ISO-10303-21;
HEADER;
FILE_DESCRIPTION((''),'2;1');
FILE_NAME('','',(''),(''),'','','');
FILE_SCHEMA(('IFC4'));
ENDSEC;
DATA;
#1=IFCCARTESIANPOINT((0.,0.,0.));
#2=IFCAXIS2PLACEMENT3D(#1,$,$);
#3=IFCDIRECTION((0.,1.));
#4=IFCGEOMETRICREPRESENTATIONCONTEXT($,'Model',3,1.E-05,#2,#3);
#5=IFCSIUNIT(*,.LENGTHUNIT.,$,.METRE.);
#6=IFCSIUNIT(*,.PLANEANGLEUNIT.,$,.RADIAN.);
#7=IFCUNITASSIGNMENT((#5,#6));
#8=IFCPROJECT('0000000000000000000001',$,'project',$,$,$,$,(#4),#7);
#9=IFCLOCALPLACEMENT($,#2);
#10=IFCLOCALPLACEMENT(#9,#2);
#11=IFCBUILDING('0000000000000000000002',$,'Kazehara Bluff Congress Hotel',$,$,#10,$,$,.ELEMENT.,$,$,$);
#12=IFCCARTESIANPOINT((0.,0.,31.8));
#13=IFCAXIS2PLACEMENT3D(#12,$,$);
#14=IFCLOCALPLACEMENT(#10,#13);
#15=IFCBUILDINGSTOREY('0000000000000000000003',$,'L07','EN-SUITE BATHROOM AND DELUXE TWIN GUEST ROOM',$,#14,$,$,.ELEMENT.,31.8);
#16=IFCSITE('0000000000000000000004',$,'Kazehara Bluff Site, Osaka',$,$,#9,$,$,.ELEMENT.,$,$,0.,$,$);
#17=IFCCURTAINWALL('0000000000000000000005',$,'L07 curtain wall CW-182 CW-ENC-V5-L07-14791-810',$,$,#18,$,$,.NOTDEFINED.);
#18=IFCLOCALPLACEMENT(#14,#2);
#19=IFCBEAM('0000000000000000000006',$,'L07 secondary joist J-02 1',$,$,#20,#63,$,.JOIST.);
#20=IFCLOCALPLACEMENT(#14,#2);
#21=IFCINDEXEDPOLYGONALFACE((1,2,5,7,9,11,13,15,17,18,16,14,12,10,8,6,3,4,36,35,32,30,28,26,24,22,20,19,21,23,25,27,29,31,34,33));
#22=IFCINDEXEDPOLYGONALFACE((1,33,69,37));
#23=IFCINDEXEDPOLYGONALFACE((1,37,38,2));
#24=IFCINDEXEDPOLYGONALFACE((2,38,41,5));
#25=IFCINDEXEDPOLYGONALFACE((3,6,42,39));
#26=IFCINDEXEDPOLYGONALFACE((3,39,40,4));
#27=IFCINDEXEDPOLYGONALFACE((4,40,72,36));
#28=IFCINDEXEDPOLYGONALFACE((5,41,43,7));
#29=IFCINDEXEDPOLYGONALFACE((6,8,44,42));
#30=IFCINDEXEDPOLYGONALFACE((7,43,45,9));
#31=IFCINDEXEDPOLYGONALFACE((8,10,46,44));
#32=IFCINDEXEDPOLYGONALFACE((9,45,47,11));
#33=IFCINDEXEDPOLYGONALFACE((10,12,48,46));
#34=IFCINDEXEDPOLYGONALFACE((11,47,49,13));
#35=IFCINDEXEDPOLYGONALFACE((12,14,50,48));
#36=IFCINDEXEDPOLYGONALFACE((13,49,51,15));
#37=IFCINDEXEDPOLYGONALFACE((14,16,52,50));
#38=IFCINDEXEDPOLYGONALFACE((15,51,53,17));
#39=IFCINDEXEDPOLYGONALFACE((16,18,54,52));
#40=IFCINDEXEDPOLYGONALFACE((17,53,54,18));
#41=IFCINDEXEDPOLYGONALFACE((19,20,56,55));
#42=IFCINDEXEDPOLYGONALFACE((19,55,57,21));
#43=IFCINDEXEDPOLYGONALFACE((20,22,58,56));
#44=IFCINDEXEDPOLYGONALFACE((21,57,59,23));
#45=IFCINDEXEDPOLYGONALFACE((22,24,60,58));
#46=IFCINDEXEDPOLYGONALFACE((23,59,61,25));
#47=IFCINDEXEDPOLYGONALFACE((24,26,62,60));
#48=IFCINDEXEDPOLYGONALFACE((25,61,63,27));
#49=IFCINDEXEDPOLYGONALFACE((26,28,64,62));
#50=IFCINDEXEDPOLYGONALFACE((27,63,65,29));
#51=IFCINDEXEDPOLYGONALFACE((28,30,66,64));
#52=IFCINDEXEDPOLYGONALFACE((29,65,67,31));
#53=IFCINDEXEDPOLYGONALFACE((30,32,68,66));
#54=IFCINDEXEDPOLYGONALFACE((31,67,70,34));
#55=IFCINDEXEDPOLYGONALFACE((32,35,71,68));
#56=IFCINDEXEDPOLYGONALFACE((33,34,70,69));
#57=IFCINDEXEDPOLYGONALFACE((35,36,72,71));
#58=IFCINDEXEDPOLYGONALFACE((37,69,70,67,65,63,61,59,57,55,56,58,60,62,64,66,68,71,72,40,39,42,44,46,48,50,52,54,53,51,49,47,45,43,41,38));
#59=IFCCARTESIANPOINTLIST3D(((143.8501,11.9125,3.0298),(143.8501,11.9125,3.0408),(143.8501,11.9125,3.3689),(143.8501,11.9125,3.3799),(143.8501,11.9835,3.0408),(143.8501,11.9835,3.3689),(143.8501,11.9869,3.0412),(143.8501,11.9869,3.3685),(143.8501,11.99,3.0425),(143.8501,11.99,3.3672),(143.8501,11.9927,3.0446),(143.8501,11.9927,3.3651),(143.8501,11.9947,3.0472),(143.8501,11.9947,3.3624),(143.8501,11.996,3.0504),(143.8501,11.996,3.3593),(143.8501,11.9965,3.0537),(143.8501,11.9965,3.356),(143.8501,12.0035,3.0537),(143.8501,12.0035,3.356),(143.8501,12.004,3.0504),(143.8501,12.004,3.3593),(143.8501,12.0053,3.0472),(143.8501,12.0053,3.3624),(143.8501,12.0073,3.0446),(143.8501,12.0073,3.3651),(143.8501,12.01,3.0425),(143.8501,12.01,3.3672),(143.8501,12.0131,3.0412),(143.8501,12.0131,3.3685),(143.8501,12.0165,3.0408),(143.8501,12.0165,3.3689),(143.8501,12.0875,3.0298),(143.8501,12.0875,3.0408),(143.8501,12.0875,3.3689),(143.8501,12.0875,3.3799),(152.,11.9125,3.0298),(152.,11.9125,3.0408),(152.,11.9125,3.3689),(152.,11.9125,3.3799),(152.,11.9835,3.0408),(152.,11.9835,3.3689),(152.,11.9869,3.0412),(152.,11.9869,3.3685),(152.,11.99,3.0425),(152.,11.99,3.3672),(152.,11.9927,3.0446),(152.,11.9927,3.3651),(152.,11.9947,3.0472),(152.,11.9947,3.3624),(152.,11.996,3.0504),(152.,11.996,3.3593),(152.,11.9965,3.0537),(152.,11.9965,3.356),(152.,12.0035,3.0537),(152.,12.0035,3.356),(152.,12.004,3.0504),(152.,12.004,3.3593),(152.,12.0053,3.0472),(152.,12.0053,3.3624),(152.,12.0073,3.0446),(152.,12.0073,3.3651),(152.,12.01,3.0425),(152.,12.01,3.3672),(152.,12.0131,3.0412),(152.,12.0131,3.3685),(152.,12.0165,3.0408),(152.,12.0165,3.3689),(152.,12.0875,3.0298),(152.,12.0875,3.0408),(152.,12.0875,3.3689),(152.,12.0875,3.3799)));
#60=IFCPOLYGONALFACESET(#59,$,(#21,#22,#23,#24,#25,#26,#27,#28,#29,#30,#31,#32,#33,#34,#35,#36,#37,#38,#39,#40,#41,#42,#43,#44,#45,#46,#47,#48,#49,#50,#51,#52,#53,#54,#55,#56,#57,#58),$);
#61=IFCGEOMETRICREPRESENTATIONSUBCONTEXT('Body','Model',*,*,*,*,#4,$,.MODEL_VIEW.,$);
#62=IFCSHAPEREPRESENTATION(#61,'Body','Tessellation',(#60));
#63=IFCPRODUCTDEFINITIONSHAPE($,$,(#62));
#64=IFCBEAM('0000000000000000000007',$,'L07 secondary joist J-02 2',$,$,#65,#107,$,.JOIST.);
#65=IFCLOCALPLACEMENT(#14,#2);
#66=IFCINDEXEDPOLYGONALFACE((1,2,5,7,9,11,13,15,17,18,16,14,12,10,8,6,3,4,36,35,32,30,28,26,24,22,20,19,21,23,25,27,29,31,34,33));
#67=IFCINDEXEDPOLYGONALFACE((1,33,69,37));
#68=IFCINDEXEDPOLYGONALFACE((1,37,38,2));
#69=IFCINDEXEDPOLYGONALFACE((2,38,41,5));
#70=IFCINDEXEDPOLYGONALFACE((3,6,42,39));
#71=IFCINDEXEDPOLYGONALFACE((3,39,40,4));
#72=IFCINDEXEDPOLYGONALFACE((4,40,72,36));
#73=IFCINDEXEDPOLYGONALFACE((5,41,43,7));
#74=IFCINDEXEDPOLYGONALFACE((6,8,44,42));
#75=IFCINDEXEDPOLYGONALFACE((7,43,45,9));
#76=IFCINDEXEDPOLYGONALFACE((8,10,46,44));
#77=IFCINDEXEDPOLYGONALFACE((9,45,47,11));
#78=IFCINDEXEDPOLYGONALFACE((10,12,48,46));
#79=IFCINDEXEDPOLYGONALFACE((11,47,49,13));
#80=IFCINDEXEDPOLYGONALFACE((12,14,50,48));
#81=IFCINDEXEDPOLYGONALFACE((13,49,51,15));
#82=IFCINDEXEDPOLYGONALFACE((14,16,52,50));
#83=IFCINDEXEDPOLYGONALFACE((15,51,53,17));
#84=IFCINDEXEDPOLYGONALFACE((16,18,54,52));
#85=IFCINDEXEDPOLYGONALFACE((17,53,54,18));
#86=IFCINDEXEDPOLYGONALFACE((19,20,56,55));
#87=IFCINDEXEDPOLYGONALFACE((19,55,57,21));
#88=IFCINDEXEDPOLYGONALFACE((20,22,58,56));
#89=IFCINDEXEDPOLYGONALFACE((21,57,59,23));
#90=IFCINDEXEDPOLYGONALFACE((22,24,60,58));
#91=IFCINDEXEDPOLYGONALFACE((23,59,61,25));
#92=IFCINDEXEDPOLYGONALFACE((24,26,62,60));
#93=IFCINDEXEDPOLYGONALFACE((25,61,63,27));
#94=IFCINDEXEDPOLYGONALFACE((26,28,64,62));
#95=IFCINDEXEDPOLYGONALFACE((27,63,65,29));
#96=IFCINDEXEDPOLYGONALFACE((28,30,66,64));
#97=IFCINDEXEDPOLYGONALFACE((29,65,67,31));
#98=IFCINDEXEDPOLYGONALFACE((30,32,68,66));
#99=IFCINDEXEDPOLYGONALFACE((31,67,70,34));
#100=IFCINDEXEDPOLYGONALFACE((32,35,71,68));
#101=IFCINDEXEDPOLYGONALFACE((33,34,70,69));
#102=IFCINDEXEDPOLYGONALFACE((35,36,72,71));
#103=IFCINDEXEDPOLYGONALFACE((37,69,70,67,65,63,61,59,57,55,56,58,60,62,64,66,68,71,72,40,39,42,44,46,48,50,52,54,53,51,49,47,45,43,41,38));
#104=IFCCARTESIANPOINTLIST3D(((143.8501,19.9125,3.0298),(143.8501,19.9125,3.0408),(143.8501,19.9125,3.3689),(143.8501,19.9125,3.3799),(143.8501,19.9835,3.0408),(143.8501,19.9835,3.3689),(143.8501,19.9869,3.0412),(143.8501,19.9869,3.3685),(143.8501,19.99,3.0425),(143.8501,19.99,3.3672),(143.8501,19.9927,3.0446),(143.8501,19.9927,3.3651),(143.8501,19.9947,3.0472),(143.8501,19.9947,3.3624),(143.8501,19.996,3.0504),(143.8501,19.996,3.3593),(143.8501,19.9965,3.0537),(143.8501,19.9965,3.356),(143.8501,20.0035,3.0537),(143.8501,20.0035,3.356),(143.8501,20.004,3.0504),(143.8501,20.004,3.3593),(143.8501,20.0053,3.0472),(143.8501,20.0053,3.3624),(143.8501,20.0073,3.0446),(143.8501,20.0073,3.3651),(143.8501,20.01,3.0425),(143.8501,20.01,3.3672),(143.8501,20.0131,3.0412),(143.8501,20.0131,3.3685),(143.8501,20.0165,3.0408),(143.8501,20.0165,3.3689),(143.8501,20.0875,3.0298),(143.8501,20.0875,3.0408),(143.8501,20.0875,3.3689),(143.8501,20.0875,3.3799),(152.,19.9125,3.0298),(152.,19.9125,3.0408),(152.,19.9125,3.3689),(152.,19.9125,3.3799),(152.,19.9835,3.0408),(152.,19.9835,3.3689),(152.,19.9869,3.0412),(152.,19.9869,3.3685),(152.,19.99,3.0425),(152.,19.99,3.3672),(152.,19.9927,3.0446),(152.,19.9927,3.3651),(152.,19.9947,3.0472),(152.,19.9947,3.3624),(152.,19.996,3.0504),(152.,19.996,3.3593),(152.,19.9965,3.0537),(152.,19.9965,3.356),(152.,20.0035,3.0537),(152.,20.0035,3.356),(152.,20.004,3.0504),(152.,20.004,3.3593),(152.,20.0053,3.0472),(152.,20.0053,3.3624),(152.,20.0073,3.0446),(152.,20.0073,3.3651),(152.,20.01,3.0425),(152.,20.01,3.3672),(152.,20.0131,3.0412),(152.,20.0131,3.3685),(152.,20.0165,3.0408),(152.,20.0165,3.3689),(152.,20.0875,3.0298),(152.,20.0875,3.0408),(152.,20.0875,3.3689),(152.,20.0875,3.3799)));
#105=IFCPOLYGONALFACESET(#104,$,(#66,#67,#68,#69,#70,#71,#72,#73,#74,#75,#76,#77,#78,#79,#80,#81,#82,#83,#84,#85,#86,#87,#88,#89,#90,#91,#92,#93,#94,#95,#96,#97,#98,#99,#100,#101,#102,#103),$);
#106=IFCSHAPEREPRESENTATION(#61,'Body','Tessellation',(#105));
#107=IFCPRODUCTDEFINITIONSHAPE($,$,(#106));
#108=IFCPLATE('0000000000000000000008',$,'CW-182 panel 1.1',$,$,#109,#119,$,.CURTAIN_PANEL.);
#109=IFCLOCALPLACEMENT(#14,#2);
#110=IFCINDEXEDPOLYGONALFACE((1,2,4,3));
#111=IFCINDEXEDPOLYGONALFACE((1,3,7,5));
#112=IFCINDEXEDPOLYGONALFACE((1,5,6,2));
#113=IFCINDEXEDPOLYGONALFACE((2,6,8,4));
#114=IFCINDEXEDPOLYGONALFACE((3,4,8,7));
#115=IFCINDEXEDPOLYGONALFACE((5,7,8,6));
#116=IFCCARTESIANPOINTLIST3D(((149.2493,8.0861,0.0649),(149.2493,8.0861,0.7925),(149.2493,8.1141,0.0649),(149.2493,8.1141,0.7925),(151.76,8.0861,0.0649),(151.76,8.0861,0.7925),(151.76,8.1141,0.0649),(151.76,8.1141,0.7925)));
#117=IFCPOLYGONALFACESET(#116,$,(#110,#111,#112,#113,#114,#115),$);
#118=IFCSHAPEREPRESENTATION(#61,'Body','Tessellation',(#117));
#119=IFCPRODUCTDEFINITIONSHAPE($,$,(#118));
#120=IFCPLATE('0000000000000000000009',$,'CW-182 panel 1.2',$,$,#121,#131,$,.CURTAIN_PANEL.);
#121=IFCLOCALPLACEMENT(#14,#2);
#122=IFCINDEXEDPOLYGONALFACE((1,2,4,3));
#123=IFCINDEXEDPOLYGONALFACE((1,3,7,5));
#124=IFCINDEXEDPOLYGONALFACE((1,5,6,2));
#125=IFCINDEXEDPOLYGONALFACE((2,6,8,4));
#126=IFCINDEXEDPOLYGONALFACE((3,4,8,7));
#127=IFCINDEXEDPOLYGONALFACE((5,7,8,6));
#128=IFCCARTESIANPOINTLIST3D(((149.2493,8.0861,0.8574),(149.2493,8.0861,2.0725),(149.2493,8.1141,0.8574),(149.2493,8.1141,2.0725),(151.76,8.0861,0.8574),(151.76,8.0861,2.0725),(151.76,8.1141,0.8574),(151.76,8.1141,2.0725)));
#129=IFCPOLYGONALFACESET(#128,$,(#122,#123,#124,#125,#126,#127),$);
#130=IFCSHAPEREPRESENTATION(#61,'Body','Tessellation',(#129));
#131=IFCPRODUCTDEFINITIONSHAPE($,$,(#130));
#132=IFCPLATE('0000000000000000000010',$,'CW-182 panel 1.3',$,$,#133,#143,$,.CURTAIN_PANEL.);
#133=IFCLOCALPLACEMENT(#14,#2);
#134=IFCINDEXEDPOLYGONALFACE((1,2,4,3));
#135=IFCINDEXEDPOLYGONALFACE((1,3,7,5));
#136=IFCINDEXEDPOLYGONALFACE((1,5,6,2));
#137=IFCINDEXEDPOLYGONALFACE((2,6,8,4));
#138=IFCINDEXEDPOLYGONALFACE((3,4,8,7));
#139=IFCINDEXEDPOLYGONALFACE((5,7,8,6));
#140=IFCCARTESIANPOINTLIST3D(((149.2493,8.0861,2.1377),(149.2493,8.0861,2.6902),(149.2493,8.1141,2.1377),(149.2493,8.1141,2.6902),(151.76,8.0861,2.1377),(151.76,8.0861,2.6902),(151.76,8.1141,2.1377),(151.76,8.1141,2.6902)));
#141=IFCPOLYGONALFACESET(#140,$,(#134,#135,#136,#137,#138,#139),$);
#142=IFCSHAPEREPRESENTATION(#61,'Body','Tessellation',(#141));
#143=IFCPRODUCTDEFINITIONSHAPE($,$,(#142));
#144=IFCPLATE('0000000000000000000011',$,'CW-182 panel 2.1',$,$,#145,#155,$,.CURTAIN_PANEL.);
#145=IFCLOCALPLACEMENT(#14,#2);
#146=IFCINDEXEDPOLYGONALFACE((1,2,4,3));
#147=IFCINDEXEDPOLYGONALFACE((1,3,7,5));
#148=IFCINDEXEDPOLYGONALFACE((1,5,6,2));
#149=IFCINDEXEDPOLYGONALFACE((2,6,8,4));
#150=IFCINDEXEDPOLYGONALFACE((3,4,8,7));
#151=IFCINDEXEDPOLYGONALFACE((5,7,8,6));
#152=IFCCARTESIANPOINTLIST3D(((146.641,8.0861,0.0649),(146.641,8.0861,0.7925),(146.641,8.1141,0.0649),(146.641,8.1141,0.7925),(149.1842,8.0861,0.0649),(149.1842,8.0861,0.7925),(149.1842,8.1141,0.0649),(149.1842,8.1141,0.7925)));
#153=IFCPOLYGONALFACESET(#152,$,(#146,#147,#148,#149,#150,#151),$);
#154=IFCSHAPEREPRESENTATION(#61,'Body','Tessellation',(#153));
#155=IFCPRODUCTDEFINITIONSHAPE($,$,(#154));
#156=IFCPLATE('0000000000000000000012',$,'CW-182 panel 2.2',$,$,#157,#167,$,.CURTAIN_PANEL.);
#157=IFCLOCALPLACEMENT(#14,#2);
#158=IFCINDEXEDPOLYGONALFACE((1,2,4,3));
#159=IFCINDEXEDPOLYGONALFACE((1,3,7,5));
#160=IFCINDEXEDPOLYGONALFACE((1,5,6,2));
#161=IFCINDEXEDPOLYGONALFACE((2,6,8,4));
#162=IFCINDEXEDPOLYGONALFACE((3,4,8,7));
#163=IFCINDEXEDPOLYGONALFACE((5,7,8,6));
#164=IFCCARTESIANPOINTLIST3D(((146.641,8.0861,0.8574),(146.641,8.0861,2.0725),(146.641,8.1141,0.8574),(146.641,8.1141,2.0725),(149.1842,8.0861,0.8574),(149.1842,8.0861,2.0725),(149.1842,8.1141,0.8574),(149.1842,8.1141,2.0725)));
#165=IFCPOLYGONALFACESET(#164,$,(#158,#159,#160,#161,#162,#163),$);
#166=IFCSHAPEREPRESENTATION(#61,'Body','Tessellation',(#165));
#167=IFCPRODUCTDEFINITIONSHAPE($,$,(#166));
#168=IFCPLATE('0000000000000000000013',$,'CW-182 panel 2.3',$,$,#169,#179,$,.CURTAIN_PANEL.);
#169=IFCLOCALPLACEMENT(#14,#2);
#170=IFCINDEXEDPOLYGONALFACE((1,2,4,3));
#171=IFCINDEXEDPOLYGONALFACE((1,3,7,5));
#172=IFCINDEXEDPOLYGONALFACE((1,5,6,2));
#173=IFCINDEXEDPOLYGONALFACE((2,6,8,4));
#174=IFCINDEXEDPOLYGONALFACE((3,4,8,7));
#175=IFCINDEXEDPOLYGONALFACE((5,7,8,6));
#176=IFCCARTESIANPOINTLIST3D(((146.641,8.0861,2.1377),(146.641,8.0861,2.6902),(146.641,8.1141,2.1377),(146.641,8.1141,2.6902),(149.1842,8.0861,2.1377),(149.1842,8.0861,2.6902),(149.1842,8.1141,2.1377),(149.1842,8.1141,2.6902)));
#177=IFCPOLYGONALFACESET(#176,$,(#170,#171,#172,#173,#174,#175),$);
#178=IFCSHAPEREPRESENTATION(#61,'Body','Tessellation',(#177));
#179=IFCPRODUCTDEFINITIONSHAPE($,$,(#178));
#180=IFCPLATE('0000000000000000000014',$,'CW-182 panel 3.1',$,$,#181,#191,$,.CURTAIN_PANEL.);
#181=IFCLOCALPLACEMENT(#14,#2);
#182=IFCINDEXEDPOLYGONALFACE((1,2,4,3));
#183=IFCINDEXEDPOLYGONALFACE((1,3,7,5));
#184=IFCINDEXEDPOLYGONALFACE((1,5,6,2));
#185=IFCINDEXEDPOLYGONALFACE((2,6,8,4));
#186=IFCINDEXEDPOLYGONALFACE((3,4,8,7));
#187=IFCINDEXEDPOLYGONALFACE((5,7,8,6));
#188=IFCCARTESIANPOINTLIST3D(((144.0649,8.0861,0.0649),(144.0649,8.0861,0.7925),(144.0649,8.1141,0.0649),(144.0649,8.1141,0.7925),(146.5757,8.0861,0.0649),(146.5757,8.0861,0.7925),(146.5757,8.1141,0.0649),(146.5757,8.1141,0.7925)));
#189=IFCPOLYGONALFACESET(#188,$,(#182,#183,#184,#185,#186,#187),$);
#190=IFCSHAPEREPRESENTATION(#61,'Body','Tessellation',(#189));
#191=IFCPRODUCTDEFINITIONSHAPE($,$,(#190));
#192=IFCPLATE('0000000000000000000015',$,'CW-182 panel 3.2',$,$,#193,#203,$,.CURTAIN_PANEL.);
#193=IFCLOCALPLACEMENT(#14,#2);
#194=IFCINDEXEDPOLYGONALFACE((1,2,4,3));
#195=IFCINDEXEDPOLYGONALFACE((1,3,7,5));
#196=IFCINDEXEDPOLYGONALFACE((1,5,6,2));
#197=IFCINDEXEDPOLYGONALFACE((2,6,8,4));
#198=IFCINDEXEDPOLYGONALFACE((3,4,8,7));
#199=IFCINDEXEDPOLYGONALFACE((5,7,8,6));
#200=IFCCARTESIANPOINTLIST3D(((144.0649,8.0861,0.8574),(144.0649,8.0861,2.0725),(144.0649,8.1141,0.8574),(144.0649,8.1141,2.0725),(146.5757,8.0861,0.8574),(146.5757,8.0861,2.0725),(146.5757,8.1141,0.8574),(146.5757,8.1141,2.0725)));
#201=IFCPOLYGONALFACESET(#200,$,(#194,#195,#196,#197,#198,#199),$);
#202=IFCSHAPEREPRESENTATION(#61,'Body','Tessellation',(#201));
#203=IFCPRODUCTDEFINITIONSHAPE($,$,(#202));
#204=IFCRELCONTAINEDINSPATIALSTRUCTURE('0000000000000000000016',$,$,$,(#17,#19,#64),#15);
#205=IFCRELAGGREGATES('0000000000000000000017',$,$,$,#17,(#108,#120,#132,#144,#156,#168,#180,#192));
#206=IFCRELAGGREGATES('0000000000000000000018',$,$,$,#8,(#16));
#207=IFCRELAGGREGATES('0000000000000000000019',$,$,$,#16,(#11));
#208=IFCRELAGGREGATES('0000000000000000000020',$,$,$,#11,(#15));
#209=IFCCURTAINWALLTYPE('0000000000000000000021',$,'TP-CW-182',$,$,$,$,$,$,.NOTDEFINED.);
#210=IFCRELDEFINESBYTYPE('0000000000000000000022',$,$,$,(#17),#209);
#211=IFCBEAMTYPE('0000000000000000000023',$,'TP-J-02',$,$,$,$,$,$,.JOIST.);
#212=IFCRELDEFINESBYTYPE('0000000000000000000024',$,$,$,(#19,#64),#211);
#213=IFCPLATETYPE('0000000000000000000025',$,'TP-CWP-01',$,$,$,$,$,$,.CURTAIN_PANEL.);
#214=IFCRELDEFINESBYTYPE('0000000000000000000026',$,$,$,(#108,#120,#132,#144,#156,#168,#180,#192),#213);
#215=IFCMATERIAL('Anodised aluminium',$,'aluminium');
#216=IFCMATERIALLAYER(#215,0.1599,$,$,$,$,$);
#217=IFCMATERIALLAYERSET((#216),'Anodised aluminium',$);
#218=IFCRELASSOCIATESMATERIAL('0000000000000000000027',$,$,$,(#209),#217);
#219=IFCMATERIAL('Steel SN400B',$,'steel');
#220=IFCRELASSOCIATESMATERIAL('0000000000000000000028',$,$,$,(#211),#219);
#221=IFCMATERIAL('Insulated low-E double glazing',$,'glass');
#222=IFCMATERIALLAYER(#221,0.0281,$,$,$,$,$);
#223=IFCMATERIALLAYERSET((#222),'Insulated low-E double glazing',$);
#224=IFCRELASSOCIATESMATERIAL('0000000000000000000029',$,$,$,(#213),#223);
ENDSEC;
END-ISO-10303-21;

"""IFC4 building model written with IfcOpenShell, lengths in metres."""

from ifc_helpers import new_model, si_unit, direction, frame, origin, origin_2d, place, context, subcontext, project, spatial, rectangle, i_section, extrude, material, layer, layer_set, material_profile, profile_set, type_object, element, aggregate, save


model = new_model("IFC4")

# Units and contexts
model_context = context("Model", 3, precision=1e-05, world=origin(), true_north=direction((0.0, 1.0)))
body_context = subcontext(model_context, "Body", "Model", "MODEL_VIEW")
ifc_project = project(units=[si_unit("LENGTHUNIT", "METRE"), si_unit("PLANEANGLEUNIT", "RADIAN")], contexts=[model_context])

# Site, building, storey
site_placement = place(None, origin())
site = spatial("IfcSite", under=ifc_project, at=site_placement, Name="Kazehara Bluff Site, Osaka", CompositionType="ELEMENT", RefElevation=0.0)
building_placement = place(site_placement, origin())
building = spatial("IfcBuilding", under=site, at=building_placement, Name="Kazehara Bluff Congress Hotel", CompositionType="ELEMENT")
storey_placement = place(building_placement, frame((0.0, 0.0, 31.8)))
storey = spatial("IfcBuildingStorey", under=building, at=storey_placement, Name="L07", Description="EN-SUITE BATHROOM AND DELUXE TWIN GUEST ROOM", CompositionType="ELEMENT", Elevation=31.8)

# Curtain wall
ifc_material_1 = material(Name="Anodised aluminium", Category="aluminium")
ifc_layer_1 = layer(ifc_material_1, 0.1599)
ifc_layer_set_1 = layer_set([ifc_layer_1], Name="Anodised aluminium")
curtain_wall_type = type_object("IfcCurtainWallType", Name="TP-CW-182", PredefinedType="NOTDEFINED", material=ifc_layer_set_1)
curtain_wall_placement = place(storey_placement, origin())
curtain_wall = element("IfcCurtainWall", 1, at=curtain_wall_placement, inside=storey, type_object=curtain_wall_type, Name="L07 curtain wall CW-182 CW-ENC-V5-L07-14791-810", PredefinedType="NOTDEFINED")

# Beams
ifc_material_2 = material(Name="Steel SN400B", Category="steel")
ifc_material_profile_1 = material_profile(ifc_material_2, i_section(OverallWidth=0.175, OverallDepth=0.3501, WebThickness=0.0071, FlangeThickness=0.011, FilletRadius=0.0129, at=origin_2d()))
ifc_profile_set_1 = profile_set([ifc_material_profile_1], Name="Steel SN400B")
beam_type_1 = type_object("IfcBeamType", Name="TP-J-02", PredefinedType="JOIST", material=ifc_profile_set_1)
for number, where, z_axis, x_axis, name in (
    (2, (143.8501, 12.0, 3.2048), (1.0, 0.0, 0.0), (0.0, 1.0, 0.0), "L07 secondary joist J-02 1"),
    (3, (143.8501, 20.0, 3.2048), (1.0, 0.0, 0.0), (0.0, 1.0, 0.0), "L07 secondary joist J-02 2"),
):
    element("IfcBeam", number, at=place(storey_placement, frame(where, z_axis=z_axis, x_axis=x_axis)), inside=storey, type_object=beam_type_1, Name=name, PredefinedType="JOIST", context=body_context, shape_type="SweptSolid", body=[
        extrude(i_section(OverallWidth=0.175, OverallDepth=0.3501, WebThickness=0.0071, FlangeThickness=0.011, FilletRadius=0.0129, at=origin_2d()), origin(), (0.0, 0.0, 1.0), 8.1499),
    ])

# Plates
ifc_material_3 = material(Name="Insulated low-E double glazing", Category="glass")
ifc_layer_2 = layer(ifc_material_3, 0.0281)
ifc_layer_set_2 = layer_set([ifc_layer_2], Name="Insulated low-E double glazing")
plate_type = type_object("IfcPlateType", Name="TP-CWP-01", PredefinedType="CURTAIN_PANEL", material=ifc_layer_set_2)
plate_1_placement = place(storey_placement, frame((150.5046, 8.1001, 0.0649), z_axis=(0.0, 0.0, 1.0), x_axis=(-1.0, 0.0, 0.0)))
plate_1 = element("IfcPlate", 4, at=plate_1_placement, type_object=plate_type, Name="CW-182 panel 1.1", PredefinedType="CURTAIN_PANEL", context=body_context, shape_type="SweptSolid", body=[
    extrude(rectangle(XDim=2.5107, YDim=0.0281, at=origin_2d()), origin(), (0.0, 0.0, 1.0), 0.7275),
])
plate_2_placement = place(storey_placement, frame((150.5046, 8.1001, 0.8574), z_axis=(0.0, 0.0, 1.0), x_axis=(-1.0, 0.0, 0.0)))
plate_2 = element("IfcPlate", 5, at=plate_2_placement, type_object=plate_type, Name="CW-182 panel 1.2", PredefinedType="CURTAIN_PANEL", context=body_context, shape_type="SweptSolid", body=[
    extrude(rectangle(XDim=2.5107, YDim=0.0281, at=origin_2d()), origin(), (0.0, 0.0, 1.0), 1.2151),
])
plate_3_placement = place(storey_placement, frame((150.5046, 8.1001, 2.1377), z_axis=(0.0, 0.0, 1.0), x_axis=(-1.0, 0.0, 0.0)))
plate_3 = element("IfcPlate", 6, at=plate_3_placement, type_object=plate_type, Name="CW-182 panel 1.3", PredefinedType="CURTAIN_PANEL", context=body_context, shape_type="SweptSolid", body=[
    extrude(rectangle(XDim=2.5107, YDim=0.0281, at=origin_2d()), origin(), (0.0, 0.0, 1.0), 0.5525),
])
plate_4_placement = place(storey_placement, frame((147.9126, 8.1001, 0.0649), z_axis=(0.0, 0.0, 1.0), x_axis=(-1.0, 0.0, 0.0)))
plate_4 = element("IfcPlate", 7, at=plate_4_placement, type_object=plate_type, Name="CW-182 panel 2.1", PredefinedType="CURTAIN_PANEL", context=body_context, shape_type="SweptSolid", body=[
    extrude(rectangle(XDim=2.5432, YDim=0.0281, at=origin_2d()), origin(), (0.0, 0.0, 1.0), 0.7275),
])
plate_5_placement = place(storey_placement, frame((147.9126, 8.1001, 0.8574), z_axis=(0.0, 0.0, 1.0), x_axis=(-1.0, 0.0, 0.0)))
plate_5 = element("IfcPlate", 8, at=plate_5_placement, type_object=plate_type, Name="CW-182 panel 2.2", PredefinedType="CURTAIN_PANEL", context=body_context, shape_type="SweptSolid", body=[
    extrude(rectangle(XDim=2.5432, YDim=0.0281, at=origin_2d()), origin(), (0.0, 0.0, 1.0), 1.2151),
])
plate_6_placement = place(storey_placement, frame((147.9126, 8.1001, 2.1377), z_axis=(0.0, 0.0, 1.0), x_axis=(-1.0, 0.0, 0.0)))
plate_6 = element("IfcPlate", 9, at=plate_6_placement, type_object=plate_type, Name="CW-182 panel 2.3", PredefinedType="CURTAIN_PANEL", context=body_context, shape_type="SweptSolid", body=[
    extrude(rectangle(XDim=2.5432, YDim=0.0281, at=origin_2d()), origin(), (0.0, 0.0, 1.0), 0.5525),
])
plate_7_placement = place(storey_placement, frame((145.3203, 8.1001, 0.0649), z_axis=(0.0, 0.0, 1.0), x_axis=(-1.0, 0.0, 0.0)))
plate_7 = element("IfcPlate", 10, at=plate_7_placement, type_object=plate_type, Name="CW-182 panel 3.1", PredefinedType="CURTAIN_PANEL", context=body_context, shape_type="SweptSolid", body=[
    extrude(rectangle(XDim=2.5107, YDim=0.0281, at=origin_2d()), origin(), (0.0, 0.0, 1.0), 0.7275),
])
plate_8_placement = place(storey_placement, frame((145.3203, 8.1001, 0.8574), z_axis=(0.0, 0.0, 1.0), x_axis=(-1.0, 0.0, 0.0)))
plate_8 = element("IfcPlate", 11, at=plate_8_placement, type_object=plate_type, Name="CW-182 panel 3.2", PredefinedType="CURTAIN_PANEL", context=body_context, shape_type="SweptSolid", body=[
    extrude(rectangle(XDim=2.5107, YDim=0.0281, at=origin_2d()), origin(), (0.0, 0.0, 1.0), 1.2151),
])
aggregate(curtain_wall, [plate_1, plate_2, plate_3, plate_4, plate_5, plate_6, plate_7, plate_8])

save(model, "model.ifc")
